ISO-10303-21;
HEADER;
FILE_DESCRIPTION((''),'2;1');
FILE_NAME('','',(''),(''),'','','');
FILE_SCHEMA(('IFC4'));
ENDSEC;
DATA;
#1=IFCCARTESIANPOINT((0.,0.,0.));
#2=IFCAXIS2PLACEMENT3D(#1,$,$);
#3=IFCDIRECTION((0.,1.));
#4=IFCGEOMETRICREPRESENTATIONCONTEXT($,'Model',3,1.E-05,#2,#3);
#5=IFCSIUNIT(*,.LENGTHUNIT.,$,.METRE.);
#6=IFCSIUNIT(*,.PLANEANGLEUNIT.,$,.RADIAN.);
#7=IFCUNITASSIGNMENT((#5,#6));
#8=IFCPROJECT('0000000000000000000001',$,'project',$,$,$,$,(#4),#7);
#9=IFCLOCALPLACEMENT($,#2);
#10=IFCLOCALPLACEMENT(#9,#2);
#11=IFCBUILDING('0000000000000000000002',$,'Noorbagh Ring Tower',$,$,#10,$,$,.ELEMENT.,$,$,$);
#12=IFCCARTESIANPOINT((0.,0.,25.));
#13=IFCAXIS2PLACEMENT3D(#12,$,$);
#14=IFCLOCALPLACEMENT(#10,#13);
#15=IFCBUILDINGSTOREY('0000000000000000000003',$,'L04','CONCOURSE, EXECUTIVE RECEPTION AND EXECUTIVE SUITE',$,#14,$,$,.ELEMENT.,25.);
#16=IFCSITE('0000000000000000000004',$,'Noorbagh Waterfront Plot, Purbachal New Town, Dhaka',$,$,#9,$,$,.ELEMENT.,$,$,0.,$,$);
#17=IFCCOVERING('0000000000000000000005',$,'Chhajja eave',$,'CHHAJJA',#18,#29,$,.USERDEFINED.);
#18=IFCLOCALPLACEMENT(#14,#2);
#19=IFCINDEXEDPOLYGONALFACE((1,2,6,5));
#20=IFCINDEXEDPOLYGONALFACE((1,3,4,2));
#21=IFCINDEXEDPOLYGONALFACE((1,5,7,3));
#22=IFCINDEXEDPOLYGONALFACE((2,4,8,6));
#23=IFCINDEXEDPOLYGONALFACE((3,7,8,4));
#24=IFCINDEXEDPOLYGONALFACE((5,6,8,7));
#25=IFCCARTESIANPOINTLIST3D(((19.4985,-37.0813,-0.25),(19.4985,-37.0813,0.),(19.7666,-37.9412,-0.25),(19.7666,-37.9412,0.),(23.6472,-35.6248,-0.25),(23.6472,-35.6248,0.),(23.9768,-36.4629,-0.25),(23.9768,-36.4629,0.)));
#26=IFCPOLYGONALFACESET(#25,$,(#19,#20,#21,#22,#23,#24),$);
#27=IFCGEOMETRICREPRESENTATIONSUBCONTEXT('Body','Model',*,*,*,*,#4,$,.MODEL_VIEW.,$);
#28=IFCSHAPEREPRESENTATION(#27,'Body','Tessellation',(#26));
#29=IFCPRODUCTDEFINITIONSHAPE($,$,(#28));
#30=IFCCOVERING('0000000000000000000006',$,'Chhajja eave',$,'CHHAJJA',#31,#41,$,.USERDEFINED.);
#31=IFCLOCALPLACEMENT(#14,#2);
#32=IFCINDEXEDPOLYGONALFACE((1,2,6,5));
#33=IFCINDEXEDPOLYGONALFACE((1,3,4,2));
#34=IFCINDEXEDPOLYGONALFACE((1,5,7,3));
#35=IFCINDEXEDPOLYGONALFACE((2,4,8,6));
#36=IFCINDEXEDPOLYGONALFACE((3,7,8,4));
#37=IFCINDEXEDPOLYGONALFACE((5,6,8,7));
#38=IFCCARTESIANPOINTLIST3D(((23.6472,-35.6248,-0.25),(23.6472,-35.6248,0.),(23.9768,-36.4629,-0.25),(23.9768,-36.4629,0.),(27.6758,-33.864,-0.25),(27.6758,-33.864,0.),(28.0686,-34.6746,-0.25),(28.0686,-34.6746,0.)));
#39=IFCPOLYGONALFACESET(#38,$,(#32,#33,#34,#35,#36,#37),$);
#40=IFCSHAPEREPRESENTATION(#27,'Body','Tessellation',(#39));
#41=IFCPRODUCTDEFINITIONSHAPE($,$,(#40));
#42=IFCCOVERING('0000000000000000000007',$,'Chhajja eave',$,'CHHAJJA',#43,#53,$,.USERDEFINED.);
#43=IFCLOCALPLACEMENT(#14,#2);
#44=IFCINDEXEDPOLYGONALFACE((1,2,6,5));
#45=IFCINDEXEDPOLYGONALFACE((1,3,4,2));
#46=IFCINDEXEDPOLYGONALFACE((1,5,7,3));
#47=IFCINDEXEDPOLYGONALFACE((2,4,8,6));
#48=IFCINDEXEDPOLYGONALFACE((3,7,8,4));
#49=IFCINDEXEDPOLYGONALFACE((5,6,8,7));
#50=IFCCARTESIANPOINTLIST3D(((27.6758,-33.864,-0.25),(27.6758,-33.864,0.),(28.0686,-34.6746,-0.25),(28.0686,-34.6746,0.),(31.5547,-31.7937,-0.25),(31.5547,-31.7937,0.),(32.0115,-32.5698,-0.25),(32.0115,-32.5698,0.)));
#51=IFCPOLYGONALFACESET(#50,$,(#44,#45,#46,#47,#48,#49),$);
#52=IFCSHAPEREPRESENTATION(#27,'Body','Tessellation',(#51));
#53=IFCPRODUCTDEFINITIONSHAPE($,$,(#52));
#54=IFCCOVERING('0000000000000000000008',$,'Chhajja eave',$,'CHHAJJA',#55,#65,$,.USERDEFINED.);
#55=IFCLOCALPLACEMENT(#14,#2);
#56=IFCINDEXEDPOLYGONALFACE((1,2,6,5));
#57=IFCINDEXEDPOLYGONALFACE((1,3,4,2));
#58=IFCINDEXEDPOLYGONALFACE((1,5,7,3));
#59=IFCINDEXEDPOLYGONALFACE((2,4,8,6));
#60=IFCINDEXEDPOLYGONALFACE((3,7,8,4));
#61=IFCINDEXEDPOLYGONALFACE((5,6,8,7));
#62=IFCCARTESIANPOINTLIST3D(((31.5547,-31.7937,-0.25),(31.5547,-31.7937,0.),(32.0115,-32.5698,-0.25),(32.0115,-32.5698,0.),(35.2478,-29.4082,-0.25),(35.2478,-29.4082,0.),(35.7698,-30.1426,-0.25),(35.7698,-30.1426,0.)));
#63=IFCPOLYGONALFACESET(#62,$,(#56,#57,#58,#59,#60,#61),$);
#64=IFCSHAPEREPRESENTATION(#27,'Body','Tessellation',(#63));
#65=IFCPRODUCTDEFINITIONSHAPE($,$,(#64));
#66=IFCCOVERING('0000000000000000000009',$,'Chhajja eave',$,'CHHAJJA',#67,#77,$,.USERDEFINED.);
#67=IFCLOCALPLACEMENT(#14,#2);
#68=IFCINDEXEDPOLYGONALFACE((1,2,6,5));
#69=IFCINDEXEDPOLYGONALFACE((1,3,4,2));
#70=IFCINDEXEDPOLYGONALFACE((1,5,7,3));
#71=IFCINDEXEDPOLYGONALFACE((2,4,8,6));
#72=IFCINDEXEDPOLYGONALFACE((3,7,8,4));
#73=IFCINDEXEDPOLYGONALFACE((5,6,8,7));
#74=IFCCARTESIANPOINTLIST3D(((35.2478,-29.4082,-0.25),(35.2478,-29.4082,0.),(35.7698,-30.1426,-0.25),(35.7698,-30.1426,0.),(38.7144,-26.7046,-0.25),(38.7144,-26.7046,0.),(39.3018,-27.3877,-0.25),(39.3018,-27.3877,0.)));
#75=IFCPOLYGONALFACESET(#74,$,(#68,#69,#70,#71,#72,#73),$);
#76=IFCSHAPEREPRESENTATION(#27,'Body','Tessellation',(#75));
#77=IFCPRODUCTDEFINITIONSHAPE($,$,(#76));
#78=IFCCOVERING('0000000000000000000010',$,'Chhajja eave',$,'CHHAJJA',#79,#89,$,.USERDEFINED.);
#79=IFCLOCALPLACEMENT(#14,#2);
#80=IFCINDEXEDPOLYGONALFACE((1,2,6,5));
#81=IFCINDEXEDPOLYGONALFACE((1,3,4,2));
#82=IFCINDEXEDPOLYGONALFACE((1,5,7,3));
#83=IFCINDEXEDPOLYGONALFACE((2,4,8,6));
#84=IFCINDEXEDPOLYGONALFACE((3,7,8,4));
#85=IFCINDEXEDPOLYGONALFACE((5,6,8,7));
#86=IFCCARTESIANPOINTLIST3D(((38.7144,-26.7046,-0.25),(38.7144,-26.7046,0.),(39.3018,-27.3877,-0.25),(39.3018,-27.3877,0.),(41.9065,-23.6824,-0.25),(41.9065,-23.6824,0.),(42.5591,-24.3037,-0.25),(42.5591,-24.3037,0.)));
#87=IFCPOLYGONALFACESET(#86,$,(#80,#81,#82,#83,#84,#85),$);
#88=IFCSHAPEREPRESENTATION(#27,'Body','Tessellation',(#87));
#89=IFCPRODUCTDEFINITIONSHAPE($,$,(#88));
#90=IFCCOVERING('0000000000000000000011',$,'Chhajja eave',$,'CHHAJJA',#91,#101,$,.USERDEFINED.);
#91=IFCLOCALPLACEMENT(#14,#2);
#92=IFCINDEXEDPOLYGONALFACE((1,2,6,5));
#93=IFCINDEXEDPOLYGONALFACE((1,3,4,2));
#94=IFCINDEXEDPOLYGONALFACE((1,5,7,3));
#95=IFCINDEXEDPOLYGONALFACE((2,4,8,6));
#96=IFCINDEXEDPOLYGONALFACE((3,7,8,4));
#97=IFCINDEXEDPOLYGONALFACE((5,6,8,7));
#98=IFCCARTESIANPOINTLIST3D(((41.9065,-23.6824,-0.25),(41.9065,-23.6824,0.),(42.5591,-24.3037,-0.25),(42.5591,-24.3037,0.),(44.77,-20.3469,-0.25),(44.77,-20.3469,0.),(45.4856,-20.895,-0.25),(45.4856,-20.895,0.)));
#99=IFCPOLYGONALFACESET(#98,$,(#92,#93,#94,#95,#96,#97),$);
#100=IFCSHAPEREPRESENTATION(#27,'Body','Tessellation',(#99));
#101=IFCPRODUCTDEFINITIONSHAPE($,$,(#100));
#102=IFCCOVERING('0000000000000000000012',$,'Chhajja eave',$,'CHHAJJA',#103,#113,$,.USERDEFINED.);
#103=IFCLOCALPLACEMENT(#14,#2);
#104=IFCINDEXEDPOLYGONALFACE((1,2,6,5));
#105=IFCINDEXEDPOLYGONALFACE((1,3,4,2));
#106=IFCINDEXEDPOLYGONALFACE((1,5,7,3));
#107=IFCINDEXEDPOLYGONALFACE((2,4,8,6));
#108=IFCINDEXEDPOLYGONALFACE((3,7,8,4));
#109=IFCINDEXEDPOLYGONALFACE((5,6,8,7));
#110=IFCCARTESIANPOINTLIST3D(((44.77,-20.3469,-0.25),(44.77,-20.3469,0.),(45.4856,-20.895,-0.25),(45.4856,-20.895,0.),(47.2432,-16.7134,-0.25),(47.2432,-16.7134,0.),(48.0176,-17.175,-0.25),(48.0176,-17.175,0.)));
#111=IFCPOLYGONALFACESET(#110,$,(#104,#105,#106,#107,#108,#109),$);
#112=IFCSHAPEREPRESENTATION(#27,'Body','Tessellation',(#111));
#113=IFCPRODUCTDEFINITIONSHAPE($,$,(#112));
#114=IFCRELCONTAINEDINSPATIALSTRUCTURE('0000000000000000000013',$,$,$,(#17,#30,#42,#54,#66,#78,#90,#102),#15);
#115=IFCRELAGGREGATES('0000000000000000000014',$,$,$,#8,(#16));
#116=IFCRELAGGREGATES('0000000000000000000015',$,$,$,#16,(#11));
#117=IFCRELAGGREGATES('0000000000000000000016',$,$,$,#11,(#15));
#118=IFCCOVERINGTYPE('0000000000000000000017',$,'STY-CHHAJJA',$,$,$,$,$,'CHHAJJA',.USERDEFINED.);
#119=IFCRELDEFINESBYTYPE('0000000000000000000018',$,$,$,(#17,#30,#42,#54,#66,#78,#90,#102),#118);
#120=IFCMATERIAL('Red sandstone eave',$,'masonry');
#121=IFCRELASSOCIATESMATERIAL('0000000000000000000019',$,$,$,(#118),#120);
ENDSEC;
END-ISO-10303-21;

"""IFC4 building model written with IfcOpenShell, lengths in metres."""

from ifc_helpers import new_model, si_unit, direction, frame, origin, place, context, subcontext, project, spatial, polyline, outline, extrude, material, type_object, element, save


model = new_model("IFC4")

# Units and contexts
model_context = context("Model", 3, precision=1e-05, world=origin(), true_north=direction((0.0, 1.0)))
body_context = subcontext(model_context, "Body", "Model", "MODEL_VIEW")
ifc_project = project(units=[si_unit("LENGTHUNIT", "METRE"), si_unit("PLANEANGLEUNIT", "RADIAN")], contexts=[model_context])

# Site, building, storey
site_placement = place(None, origin())
site = spatial("IfcSite", under=ifc_project, at=site_placement, Name="Noorbagh Waterfront Plot, Purbachal New Town, Dhaka", CompositionType="ELEMENT", RefElevation=0.0)
building_placement = place(site_placement, origin())
building = spatial("IfcBuilding", under=site, at=building_placement, Name="Noorbagh Ring Tower", CompositionType="ELEMENT")
storey_placement = place(building_placement, frame((0.0, 0.0, 25.0)))
storey = spatial("IfcBuildingStorey", under=building, at=storey_placement, Name="L04", Description="CONCOURSE, EXECUTIVE RECEPTION AND EXECUTIVE SUITE", CompositionType="ELEMENT", Elevation=25.0)

# Coverings
ifc_material_1 = material(Name="Red sandstone eave", Category="masonry")
covering_type = type_object("IfcCoveringType", Name="STY-CHHAJJA", ElementType="CHHAJJA", PredefinedType="USERDEFINED", material=ifc_material_1)
covering_1_placement = place(storey_placement, frame((0.0, 0.0, -0.25)))
element("IfcCovering", 1, at=covering_1_placement, inside=storey, type_object=covering_type, Name="Chhajja eave", ObjectType="CHHAJJA", PredefinedType="USERDEFINED", context=body_context, shape_type="SweptSolid", body=[
    extrude(outline(polyline([(19.4985, -37.0813), (23.6472, -35.6248), (23.9768, -36.4629), (19.7666, -37.9412), (19.4985, -37.0813)])), origin(), (0.0, 0.0, 1.0), 0.25),
])
covering_2_placement = place(storey_placement, frame((0.0, 0.0, -0.25)))
element("IfcCovering", 2, at=covering_2_placement, inside=storey, type_object=covering_type, Name="Chhajja eave", ObjectType="CHHAJJA", PredefinedType="USERDEFINED", context=body_context, shape_type="SweptSolid", body=[
    extrude(outline(polyline([(23.6472, -35.6248), (27.6758, -33.864), (28.0686, -34.6746), (23.9768, -36.4629), (23.6472, -35.6248)])), origin(), (0.0, 0.0, 1.0), 0.25),
])
covering_3_placement = place(storey_placement, frame((0.0, 0.0, -0.25)))
element("IfcCovering", 3, at=covering_3_placement, inside=storey, type_object=covering_type, Name="Chhajja eave", ObjectType="CHHAJJA", PredefinedType="USERDEFINED", context=body_context, shape_type="SweptSolid", body=[
    extrude(outline(polyline([(27.6758, -33.864), (31.5547, -31.7937), (32.0115, -32.5698), (28.0686, -34.6746), (27.6758, -33.864)])), origin(), (0.0, 0.0, 1.0), 0.25),
])
covering_4_placement = place(storey_placement, frame((0.0, 0.0, -0.25)))
element("IfcCovering", 4, at=covering_4_placement, inside=storey, type_object=covering_type, Name="Chhajja eave", ObjectType="CHHAJJA", PredefinedType="USERDEFINED", context=body_context, shape_type="SweptSolid", body=[
    extrude(outline(polyline([(31.5547, -31.7937), (35.2478, -29.4082), (35.7698, -30.1426), (32.0115, -32.5698), (31.5547, -31.7937)])), origin(), (0.0, 0.0, 1.0), 0.25),
])
covering_5_placement = place(storey_placement, frame((0.0, 0.0, -0.25)))
element("IfcCovering", 5, at=covering_5_placement, inside=storey, type_object=covering_type, Name="Chhajja eave", ObjectType="CHHAJJA", PredefinedType="USERDEFINED", context=body_context, shape_type="SweptSolid", body=[
    extrude(outline(polyline([(35.2478, -29.4082), (38.7144, -26.7046), (39.3018, -27.3877), (35.7698, -30.1426), (35.2478, -29.4082)])), origin(), (0.0, 0.0, 1.0), 0.25),
])
covering_6_placement = place(storey_placement, frame((0.0, 0.0, -0.25)))
element("IfcCovering", 6, at=covering_6_placement, inside=storey, type_object=covering_type, Name="Chhajja eave", ObjectType="CHHAJJA", PredefinedType="USERDEFINED", context=body_context, shape_type="SweptSolid", body=[
    extrude(outline(polyline([(38.7144, -26.7046), (41.9065, -23.6824), (42.5591, -24.3037), (39.3018, -27.3877), (38.7144, -26.7046)])), origin(), (0.0, 0.0, 1.0), 0.25),
])
covering_7_placement = place(storey_placement, frame((0.0, 0.0, -0.25)))
element("IfcCovering", 7, at=covering_7_placement, inside=storey, type_object=covering_type, Name="Chhajja eave", ObjectType="CHHAJJA", PredefinedType="USERDEFINED", context=body_context, shape_type="SweptSolid", body=[
    extrude(outline(polyline([(41.9065, -23.6824), (44.77, -20.3469), (45.4856, -20.895), (42.5591, -24.3037), (41.9065, -23.6824)])), origin(), (0.0, 0.0, 1.0), 0.25),
])
covering_8_placement = place(storey_placement, frame((0.0, 0.0, -0.25)))
element("IfcCovering", 8, at=covering_8_placement, inside=storey, type_object=covering_type, Name="Chhajja eave", ObjectType="CHHAJJA", PredefinedType="USERDEFINED", context=body_context, shape_type="SweptSolid", body=[
    extrude(outline(polyline([(44.77, -20.3469), (47.2432, -16.7134), (48.0176, -17.175), (45.4856, -20.895), (44.77, -20.3469)])), origin(), (0.0, 0.0, 1.0), 0.25),
])

save(model, "model.ifc")
